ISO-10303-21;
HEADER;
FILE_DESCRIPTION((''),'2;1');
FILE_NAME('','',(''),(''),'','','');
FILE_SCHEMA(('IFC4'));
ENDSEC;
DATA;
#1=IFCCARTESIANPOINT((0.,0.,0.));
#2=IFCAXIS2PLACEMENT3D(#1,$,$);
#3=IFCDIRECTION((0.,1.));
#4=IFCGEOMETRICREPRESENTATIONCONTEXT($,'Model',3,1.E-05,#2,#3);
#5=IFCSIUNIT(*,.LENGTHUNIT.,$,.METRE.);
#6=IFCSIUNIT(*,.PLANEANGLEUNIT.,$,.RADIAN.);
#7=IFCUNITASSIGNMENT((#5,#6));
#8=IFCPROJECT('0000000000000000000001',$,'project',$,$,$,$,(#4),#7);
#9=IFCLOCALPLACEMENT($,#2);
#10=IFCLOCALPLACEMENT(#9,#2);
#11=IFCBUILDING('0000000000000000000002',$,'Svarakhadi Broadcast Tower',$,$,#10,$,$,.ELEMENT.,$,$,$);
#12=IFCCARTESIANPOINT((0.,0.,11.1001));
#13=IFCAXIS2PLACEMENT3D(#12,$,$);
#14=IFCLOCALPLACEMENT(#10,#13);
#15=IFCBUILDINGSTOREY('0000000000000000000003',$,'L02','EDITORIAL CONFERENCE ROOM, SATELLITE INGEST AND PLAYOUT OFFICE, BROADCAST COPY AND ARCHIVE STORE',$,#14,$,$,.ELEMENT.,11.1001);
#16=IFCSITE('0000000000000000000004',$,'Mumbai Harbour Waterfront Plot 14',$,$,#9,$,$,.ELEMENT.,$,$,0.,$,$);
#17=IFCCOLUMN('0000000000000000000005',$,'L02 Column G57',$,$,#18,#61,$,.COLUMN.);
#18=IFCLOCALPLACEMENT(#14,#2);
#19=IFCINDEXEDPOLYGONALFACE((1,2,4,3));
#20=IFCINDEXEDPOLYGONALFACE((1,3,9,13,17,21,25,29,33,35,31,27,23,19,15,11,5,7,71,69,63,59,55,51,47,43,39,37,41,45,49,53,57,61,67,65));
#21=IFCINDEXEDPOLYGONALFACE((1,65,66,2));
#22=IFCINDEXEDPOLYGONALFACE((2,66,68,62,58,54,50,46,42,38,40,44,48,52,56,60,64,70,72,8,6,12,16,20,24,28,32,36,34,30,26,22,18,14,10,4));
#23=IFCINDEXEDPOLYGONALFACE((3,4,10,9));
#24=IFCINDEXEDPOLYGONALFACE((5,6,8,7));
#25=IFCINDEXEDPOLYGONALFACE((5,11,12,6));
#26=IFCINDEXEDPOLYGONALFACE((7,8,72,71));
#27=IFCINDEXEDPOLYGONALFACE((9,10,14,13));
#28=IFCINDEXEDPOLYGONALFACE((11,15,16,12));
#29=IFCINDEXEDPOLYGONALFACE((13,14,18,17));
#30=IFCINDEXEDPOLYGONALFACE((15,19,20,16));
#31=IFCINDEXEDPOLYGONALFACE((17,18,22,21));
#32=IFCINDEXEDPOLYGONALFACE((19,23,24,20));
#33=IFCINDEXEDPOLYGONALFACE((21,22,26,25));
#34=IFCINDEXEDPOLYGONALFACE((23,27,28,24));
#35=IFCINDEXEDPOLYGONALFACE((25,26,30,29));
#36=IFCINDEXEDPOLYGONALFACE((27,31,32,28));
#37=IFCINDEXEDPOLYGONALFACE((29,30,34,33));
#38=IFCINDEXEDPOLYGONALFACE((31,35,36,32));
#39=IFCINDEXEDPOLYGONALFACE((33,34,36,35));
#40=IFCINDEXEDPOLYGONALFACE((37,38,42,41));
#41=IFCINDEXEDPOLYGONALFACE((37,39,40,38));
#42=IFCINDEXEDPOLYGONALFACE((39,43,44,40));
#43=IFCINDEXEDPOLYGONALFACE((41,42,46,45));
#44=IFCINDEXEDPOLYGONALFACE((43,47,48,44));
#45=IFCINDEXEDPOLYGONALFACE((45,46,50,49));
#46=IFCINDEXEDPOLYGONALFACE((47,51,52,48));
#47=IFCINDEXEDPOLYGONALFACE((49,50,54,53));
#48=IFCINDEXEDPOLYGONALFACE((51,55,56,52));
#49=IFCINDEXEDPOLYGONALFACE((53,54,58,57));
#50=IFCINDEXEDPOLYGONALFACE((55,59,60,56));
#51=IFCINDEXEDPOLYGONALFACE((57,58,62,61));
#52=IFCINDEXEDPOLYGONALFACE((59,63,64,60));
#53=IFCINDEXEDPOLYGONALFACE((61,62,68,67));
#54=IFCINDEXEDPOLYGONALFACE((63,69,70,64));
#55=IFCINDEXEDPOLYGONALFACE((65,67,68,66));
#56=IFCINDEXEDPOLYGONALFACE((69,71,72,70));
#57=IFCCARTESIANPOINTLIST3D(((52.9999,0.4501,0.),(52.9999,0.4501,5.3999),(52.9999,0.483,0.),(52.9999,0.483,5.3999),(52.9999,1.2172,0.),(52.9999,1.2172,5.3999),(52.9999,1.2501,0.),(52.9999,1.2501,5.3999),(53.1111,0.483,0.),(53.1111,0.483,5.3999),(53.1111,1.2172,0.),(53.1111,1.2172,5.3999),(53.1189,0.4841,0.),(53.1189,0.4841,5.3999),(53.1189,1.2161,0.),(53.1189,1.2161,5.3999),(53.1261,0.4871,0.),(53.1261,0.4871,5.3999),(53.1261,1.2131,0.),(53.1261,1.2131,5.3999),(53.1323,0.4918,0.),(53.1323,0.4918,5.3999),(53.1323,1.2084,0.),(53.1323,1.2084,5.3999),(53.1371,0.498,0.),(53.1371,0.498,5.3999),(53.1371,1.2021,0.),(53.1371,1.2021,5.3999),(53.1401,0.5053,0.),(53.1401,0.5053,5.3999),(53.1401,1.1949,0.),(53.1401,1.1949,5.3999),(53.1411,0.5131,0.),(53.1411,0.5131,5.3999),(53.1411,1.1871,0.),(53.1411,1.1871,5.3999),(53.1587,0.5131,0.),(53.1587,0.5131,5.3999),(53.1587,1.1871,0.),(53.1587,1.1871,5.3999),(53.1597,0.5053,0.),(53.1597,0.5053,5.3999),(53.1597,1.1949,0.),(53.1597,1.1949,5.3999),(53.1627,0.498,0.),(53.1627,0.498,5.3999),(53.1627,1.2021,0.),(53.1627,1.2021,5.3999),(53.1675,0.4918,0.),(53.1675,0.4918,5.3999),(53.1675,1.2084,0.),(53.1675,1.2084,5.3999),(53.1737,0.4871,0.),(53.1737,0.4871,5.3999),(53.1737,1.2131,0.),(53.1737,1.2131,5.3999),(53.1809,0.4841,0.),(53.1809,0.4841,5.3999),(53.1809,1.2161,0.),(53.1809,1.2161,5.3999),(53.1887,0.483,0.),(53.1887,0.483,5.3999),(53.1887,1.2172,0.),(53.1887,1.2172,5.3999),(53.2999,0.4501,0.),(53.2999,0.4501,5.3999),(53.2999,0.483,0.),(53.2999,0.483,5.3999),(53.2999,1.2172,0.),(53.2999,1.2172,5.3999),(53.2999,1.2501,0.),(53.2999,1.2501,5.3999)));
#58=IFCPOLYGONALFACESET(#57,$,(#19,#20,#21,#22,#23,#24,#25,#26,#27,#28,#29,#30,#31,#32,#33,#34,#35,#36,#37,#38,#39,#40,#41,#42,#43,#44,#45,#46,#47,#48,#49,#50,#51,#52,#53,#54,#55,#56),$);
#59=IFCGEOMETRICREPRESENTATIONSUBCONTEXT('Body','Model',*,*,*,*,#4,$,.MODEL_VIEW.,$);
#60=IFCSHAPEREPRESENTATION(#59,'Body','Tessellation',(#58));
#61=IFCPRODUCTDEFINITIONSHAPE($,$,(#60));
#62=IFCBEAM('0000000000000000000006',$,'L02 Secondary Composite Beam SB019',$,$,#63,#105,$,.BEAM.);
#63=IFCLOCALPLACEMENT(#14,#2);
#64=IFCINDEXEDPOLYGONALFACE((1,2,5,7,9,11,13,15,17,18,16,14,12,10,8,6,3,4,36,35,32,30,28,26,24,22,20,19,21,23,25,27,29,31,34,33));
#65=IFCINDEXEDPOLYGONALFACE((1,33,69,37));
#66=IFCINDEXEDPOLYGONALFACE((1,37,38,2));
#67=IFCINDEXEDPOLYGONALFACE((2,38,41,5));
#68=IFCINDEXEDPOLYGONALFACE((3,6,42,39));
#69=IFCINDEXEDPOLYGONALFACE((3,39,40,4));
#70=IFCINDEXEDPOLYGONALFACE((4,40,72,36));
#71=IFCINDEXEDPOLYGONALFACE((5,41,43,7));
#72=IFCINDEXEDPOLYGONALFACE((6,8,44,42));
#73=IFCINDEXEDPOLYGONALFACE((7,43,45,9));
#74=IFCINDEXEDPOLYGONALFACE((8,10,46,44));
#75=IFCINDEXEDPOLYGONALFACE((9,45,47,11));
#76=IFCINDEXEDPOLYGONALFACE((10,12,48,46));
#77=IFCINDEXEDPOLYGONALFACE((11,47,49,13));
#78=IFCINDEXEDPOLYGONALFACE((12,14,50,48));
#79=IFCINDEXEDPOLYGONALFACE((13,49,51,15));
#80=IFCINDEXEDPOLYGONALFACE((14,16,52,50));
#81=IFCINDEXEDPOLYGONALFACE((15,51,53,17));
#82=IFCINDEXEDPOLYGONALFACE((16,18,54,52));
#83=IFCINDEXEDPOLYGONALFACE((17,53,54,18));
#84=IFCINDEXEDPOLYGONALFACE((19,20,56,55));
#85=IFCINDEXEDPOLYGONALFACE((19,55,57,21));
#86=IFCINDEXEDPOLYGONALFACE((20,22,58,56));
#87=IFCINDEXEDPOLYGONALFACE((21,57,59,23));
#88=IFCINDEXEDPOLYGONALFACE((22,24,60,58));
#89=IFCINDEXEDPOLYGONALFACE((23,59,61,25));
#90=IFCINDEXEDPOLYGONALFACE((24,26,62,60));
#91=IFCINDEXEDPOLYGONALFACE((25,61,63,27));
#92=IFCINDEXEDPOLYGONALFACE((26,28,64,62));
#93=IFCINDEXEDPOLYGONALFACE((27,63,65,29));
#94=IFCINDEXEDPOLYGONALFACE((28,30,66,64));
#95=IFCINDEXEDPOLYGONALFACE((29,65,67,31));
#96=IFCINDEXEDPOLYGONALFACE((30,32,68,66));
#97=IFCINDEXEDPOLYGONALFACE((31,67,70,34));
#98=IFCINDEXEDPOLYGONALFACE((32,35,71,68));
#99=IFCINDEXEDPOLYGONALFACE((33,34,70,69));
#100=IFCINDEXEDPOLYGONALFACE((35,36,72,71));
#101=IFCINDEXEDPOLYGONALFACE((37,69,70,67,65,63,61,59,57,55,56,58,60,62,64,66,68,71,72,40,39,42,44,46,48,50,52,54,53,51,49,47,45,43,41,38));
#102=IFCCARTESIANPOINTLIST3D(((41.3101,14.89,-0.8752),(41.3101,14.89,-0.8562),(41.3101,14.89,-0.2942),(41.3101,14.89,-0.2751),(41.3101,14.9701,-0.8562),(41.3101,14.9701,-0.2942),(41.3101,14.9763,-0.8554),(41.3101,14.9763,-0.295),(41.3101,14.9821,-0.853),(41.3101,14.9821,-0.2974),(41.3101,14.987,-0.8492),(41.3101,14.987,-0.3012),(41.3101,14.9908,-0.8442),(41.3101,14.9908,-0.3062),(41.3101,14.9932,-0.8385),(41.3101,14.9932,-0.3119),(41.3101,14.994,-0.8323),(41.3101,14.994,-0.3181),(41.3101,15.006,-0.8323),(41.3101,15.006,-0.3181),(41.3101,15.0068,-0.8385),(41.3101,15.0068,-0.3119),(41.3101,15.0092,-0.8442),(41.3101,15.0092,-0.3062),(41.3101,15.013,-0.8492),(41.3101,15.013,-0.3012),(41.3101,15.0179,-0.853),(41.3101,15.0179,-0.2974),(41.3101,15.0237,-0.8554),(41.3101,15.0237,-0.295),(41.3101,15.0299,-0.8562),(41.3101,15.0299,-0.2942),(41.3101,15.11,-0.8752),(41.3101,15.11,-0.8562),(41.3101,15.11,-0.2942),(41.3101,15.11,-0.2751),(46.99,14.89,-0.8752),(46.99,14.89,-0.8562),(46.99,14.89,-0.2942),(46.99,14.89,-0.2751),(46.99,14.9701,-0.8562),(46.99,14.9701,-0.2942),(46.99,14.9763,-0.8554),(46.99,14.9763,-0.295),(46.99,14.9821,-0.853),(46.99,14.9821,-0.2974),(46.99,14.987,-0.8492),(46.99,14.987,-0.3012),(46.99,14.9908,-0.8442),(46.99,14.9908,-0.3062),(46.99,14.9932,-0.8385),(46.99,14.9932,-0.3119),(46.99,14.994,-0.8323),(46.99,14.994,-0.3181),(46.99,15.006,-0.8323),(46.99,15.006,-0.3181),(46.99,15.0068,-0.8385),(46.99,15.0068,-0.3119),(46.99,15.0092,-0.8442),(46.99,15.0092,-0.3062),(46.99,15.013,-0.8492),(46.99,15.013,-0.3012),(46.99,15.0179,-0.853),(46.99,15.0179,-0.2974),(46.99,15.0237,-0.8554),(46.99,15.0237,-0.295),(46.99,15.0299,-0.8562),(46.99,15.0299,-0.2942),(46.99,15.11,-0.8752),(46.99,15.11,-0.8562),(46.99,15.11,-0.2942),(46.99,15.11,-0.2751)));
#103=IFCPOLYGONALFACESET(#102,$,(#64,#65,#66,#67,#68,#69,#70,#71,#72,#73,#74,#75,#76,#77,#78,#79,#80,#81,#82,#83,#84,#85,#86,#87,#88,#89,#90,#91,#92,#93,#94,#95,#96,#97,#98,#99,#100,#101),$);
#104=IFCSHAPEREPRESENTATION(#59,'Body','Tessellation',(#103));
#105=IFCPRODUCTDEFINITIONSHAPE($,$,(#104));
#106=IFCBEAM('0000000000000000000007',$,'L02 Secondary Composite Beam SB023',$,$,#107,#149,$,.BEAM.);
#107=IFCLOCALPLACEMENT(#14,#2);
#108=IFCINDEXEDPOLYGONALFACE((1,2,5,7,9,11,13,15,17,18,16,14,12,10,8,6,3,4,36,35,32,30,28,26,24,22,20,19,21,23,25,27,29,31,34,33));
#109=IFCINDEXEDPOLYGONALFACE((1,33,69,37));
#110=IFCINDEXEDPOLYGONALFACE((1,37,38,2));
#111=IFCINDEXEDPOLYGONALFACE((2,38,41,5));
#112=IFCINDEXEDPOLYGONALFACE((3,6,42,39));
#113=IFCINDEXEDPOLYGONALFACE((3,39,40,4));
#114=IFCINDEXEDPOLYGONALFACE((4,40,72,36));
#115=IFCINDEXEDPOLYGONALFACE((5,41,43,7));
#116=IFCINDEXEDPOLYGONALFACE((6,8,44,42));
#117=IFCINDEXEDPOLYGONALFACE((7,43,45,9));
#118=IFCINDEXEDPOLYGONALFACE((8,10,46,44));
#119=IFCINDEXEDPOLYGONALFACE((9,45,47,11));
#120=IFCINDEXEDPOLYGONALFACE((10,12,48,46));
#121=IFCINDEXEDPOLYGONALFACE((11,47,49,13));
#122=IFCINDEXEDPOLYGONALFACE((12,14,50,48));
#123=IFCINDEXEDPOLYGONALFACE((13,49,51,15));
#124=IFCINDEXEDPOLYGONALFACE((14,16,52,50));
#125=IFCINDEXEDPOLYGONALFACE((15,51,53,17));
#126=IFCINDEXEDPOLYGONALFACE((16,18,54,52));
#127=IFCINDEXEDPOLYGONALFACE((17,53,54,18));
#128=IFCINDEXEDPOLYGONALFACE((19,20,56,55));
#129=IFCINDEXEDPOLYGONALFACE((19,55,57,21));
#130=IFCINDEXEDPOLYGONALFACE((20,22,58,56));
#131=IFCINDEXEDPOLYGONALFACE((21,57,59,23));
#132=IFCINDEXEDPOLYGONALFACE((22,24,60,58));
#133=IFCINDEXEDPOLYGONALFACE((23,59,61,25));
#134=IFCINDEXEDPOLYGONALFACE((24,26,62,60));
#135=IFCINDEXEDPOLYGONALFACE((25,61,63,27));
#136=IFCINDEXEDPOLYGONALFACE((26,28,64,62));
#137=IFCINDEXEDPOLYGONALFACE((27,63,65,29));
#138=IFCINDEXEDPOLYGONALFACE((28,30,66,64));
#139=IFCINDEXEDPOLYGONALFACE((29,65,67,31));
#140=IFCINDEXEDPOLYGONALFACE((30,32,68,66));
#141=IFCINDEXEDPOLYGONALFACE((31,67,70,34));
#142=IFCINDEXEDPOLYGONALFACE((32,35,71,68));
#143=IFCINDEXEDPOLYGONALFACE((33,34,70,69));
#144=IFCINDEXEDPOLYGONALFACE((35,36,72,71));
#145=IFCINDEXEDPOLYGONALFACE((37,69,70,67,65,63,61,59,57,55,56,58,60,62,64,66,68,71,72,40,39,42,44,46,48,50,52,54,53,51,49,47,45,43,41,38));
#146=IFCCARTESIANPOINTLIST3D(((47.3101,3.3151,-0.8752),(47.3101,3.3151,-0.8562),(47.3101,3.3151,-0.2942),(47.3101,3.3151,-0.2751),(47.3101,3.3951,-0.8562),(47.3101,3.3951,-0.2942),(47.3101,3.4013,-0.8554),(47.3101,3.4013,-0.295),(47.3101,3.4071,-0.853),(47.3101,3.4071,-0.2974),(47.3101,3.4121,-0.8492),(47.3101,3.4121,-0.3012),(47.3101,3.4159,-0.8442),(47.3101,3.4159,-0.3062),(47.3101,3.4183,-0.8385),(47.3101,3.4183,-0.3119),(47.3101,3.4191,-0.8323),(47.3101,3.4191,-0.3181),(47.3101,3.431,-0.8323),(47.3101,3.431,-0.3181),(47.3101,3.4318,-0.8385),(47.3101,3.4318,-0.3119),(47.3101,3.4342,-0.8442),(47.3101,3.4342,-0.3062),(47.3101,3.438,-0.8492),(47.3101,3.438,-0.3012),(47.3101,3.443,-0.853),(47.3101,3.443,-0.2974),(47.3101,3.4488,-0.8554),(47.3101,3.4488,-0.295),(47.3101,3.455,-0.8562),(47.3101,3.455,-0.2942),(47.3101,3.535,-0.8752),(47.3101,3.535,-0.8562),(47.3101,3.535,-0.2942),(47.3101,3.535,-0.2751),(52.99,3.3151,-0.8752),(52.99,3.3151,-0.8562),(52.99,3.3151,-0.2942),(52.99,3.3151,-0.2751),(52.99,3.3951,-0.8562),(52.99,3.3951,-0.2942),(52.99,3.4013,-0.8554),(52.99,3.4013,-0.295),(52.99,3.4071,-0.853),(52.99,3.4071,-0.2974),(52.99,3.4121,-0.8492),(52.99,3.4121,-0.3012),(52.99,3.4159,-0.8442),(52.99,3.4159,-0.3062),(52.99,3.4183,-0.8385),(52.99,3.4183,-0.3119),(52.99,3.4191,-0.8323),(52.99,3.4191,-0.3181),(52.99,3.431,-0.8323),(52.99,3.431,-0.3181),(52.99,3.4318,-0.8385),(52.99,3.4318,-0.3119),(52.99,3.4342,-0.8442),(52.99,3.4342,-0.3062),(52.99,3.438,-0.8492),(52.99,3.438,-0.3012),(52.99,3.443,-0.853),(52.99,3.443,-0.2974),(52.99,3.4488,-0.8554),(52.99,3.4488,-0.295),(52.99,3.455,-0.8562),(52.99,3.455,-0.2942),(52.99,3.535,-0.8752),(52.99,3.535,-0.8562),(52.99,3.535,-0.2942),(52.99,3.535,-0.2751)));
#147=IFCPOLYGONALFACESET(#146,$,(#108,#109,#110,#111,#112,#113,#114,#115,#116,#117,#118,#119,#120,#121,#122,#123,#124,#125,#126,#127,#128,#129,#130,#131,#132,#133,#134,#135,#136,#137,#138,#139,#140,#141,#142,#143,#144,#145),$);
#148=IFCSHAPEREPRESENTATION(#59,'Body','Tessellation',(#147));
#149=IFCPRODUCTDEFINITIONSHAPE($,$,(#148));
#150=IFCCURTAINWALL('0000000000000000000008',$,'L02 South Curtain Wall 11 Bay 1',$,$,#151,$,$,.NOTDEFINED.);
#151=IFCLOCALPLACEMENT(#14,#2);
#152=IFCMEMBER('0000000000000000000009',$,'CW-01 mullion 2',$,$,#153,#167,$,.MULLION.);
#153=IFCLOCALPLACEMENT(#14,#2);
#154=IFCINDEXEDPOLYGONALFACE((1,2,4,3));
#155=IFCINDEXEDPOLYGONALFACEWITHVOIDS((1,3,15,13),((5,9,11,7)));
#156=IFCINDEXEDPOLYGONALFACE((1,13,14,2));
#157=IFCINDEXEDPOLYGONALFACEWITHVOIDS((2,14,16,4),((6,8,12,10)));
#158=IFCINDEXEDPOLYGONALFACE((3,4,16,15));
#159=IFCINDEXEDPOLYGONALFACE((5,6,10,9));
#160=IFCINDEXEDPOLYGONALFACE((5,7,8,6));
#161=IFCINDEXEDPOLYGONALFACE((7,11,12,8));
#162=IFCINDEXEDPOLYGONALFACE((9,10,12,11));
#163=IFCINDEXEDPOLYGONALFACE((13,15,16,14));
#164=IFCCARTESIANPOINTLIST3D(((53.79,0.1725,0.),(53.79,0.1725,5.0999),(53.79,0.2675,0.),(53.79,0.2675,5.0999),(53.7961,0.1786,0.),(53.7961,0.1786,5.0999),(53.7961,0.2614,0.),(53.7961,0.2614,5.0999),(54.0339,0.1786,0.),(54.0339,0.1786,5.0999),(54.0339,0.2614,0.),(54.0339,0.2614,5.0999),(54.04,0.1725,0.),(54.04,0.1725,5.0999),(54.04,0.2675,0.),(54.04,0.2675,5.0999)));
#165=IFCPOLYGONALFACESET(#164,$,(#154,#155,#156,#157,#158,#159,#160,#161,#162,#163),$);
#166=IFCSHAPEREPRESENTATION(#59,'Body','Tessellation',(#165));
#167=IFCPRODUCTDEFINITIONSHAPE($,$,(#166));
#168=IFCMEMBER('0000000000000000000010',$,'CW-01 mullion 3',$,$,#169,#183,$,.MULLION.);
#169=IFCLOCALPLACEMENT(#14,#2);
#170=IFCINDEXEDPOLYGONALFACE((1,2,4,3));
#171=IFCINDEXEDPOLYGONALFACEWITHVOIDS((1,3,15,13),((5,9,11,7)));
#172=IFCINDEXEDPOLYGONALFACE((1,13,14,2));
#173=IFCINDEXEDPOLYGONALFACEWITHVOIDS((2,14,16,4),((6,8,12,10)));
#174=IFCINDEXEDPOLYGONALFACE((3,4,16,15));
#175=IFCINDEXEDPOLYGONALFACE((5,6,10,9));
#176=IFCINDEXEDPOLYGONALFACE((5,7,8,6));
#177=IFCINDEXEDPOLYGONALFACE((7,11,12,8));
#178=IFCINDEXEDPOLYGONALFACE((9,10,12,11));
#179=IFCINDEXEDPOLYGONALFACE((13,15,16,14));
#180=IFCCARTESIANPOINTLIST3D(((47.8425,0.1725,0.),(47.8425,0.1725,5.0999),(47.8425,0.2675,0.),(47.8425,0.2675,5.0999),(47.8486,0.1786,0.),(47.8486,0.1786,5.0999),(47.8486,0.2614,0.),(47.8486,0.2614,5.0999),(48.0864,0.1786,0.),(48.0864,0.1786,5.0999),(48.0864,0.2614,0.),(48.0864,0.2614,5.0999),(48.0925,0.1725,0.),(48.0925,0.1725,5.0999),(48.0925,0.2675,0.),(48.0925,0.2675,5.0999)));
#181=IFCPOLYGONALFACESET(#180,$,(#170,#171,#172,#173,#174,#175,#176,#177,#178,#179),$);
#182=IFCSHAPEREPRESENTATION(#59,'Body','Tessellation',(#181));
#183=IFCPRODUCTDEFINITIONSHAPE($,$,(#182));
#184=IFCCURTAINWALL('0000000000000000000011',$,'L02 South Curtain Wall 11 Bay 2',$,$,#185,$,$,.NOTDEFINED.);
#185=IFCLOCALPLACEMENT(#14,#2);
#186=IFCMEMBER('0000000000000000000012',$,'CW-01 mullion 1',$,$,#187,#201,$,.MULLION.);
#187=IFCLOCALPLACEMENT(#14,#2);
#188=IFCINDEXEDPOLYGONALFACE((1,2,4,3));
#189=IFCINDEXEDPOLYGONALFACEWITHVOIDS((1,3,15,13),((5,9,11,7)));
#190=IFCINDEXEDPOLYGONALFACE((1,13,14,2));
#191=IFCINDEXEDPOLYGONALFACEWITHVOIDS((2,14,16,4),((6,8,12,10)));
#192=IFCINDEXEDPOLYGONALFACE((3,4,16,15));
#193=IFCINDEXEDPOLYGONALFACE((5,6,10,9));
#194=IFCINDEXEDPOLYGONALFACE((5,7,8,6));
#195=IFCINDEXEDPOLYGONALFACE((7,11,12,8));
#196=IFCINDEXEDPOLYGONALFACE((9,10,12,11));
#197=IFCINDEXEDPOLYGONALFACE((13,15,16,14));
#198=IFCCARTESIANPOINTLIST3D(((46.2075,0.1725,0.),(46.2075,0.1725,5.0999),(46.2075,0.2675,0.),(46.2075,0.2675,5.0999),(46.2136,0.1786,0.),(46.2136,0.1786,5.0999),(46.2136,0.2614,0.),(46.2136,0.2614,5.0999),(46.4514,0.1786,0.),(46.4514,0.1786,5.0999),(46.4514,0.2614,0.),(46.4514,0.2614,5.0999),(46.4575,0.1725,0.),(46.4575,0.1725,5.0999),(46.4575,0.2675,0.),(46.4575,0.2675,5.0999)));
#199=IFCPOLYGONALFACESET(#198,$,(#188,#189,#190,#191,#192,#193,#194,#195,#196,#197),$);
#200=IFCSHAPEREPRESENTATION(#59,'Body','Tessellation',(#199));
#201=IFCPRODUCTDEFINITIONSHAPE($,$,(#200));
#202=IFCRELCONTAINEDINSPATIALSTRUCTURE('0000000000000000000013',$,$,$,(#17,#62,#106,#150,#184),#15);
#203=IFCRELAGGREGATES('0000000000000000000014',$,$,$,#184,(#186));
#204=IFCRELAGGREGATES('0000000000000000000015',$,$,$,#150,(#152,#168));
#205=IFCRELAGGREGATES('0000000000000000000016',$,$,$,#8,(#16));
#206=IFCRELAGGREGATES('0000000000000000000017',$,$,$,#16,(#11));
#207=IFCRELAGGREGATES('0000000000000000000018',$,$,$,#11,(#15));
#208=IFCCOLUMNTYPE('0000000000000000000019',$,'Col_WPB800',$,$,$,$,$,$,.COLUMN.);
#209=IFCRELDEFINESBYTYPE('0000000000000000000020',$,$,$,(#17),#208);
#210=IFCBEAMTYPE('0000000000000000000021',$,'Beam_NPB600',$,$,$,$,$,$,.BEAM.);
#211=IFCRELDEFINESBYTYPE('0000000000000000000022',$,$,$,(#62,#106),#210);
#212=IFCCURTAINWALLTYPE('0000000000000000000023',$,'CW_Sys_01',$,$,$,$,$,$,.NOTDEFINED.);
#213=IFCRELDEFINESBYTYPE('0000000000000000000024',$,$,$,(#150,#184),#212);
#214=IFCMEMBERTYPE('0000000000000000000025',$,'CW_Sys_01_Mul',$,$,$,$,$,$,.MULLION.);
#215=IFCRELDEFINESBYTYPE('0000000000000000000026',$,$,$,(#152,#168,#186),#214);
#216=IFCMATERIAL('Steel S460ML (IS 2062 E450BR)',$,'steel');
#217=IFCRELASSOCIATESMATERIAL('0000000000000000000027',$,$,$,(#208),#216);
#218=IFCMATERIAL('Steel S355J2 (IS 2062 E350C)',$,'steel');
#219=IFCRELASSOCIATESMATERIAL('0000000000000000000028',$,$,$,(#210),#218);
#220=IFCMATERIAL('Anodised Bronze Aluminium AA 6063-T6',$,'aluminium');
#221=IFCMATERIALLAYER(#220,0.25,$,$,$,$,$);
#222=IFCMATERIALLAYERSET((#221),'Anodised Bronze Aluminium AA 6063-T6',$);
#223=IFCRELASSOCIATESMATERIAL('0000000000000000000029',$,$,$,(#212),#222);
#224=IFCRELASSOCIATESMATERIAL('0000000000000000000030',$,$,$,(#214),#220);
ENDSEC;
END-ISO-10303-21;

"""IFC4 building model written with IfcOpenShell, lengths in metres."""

from ifc_helpers import new_model, si_unit, direction, frame, origin, origin_2d, place, context, subcontext, project, spatial, hollow_rectangle, i_section, extrude, material, layer, layer_set, material_profile, profile_set, type_object, element, aggregate, save


model = new_model("IFC4")

# Units and contexts
model_context = context("Model", 3, precision=1e-05, world=origin(), true_north=direction((0.0, 1.0)))
body_context = subcontext(model_context, "Body", "Model", "MODEL_VIEW")
ifc_project = project(units=[si_unit("LENGTHUNIT", "METRE"), si_unit("PLANEANGLEUNIT", "RADIAN")], contexts=[model_context])

# Site, building, storey
site_placement = place(None, origin())
site = spatial("IfcSite", under=ifc_project, at=site_placement, Name="Mumbai Harbour Waterfront Plot 14", CompositionType="ELEMENT", RefElevation=0.0)
building_placement = place(site_placement, origin())
building = spatial("IfcBuilding", under=site, at=building_placement, Name="Svarakhadi Broadcast Tower", CompositionType="ELEMENT")
storey_placement = place(building_placement, frame((0.0, 0.0, 11.1001)))
storey = spatial("IfcBuildingStorey", under=building, at=storey_placement, Name="L02", Description="EDITORIAL CONFERENCE ROOM, SATELLITE INGEST AND PLAYOUT OFFICE, BROADCAST COPY AND ARCHIVE STORE", CompositionType="ELEMENT", Elevation=11.1001)

# Column
ifc_material_1 = material(Name="Steel S460ML (IS 2062 E450BR)", Category="steel")
ifc_material_profile_1 = material_profile(ifc_material_1, i_section(OverallWidth=0.3, OverallDepth=0.8, WebThickness=0.0176, FlangeThickness=0.033, FilletRadius=0.03, at=origin_2d()), Name="WPB 800x300x262")
ifc_profile_set_1 = profile_set([ifc_material_profile_1], Name="Steel S460ML (IS 2062 E450BR)")
column_type_1 = type_object("IfcColumnType", Name="Col_WPB800", PredefinedType="COLUMN", material=ifc_profile_set_1)
column_1_placement = place(storey_placement, frame((53.1499, 0.8501, 0.0), z_axis=(0.0, 0.0, 1.0), x_axis=(1.0, 0.0, 0.0)))
element("IfcColumn", 1, at=column_1_placement, inside=storey, type_object=column_type_1, Name="L02 Column G57", PredefinedType="COLUMN", context=body_context, shape_type="SweptSolid", body=[
    extrude(i_section(OverallWidth=0.3, OverallDepth=0.8, WebThickness=0.0176, FlangeThickness=0.033, FilletRadius=0.03, at=origin_2d()), origin(), (0.0, 0.0, 1.0), 5.3999),
])

# Beams
ifc_material_2 = material(Name="Steel S355J2 (IS 2062 E350C)", Category="steel")
ifc_material_profile_2 = material_profile(ifc_material_2, i_section(OverallWidth=0.22, OverallDepth=0.6001, WebThickness=0.012, FlangeThickness=0.019, FilletRadius=0.0239, at=origin_2d()), Name="NPB 600x220x122")
ifc_profile_set_2 = profile_set([ifc_material_profile_2], Name="Steel S355J2 (IS 2062 E350C)")
beam_type_1 = type_object("IfcBeamType", Name="Beam_NPB600", PredefinedType="BEAM", material=ifc_profile_set_2)
for number, where, z_axis, x_axis, name in (
    (2, (41.3101, 15.0, -0.5752), (1.0, 0.0, 0.0), (0.0, 1.0, 0.0), "L02 Secondary Composite Beam SB019"),
    (3, (47.3101, 3.425, -0.5752), (1.0, 0.0, 0.0), (0.0, 1.0, 0.0), "L02 Secondary Composite Beam SB023"),
):
    element("IfcBeam", number, at=place(storey_placement, frame(where, z_axis=z_axis, x_axis=x_axis)), inside=storey, type_object=beam_type_1, Name=name, PredefinedType="BEAM", context=body_context, shape_type="SweptSolid", body=[
        extrude(i_section(OverallWidth=0.22, OverallDepth=0.6001, WebThickness=0.012, FlangeThickness=0.019, FilletRadius=0.0239, at=origin_2d()), origin(), (0.0, 0.0, 1.0), 5.6799),
    ])

# Curtain wall, members
ifc_material_3 = material(Name="Anodised Bronze Aluminium AA 6063-T6", Category="aluminium")
ifc_layer_1 = layer(ifc_material_3, 0.25)
ifc_layer_set_1 = layer_set([ifc_layer_1], Name="Anodised Bronze Aluminium AA 6063-T6")
curtain_wall_type = type_object("IfcCurtainWallType", Name="CW_Sys_01", PredefinedType="NOTDEFINED", material=ifc_layer_set_1)
curtain_wall_1_placement = place(storey_placement, origin())
curtain_wall_1 = element("IfcCurtainWall", 4, at=curtain_wall_1_placement, inside=storey, type_object=curtain_wall_type, Name="L02 South Curtain Wall 11 Bay 1", PredefinedType="NOTDEFINED")
ifc_material_profile_3 = material_profile(ifc_material_3, hollow_rectangle(XDim=0.095, YDim=0.25, WallThickness=0.0061, at=origin_2d()), Name="ALU MULLION 250x95x6")
ifc_profile_set_3 = profile_set([ifc_material_profile_3], Name="Anodised Bronze Aluminium AA 6063-T6")
member_type_1 = type_object("IfcMemberType", Name="CW_Sys_01_Mul", PredefinedType="MULLION", material=ifc_profile_set_3)
member_1_placement = place(storey_placement, frame((53.915, 0.22, 0.0), z_axis=(0.0, 0.0, 1.0), x_axis=(0.0, -1.0, 0.0)))
member_1 = element("IfcMember", 5, at=member_1_placement, type_object=member_type_1, Name="CW-01 mullion 2", PredefinedType="MULLION", context=body_context, shape_type="SweptSolid", body=[
    extrude(hollow_rectangle(XDim=0.095, YDim=0.25, WallThickness=0.0061, at=origin_2d()), origin(), (0.0, 0.0, 1.0), 5.0999),
])
member_2_placement = place(storey_placement, frame((47.9675, 0.22, 0.0), z_axis=(0.0, 0.0, 1.0), x_axis=(0.0, -1.0, 0.0)))
member_2 = element("IfcMember", 6, at=member_2_placement, type_object=member_type_1, Name="CW-01 mullion 3", PredefinedType="MULLION", context=body_context, shape_type="SweptSolid", body=[
    extrude(hollow_rectangle(XDim=0.095, YDim=0.25, WallThickness=0.0061, at=origin_2d()), origin(), (0.0, 0.0, 1.0), 5.0999),
])

# Curtain wall, member
curtain_wall_2_placement = place(storey_placement, origin())
curtain_wall_2 = element("IfcCurtainWall", 7, at=curtain_wall_2_placement, inside=storey, type_object=curtain_wall_type, Name="L02 South Curtain Wall 11 Bay 2", PredefinedType="NOTDEFINED")
member_3_placement = place(storey_placement, frame((46.3325, 0.22, 0.0), z_axis=(0.0, 0.0, 1.0), x_axis=(0.0, -1.0, 0.0)))
member_3 = element("IfcMember", 8, at=member_3_placement, type_object=member_type_1, Name="CW-01 mullion 1", PredefinedType="MULLION", context=body_context, shape_type="SweptSolid", body=[
    extrude(hollow_rectangle(XDim=0.095, YDim=0.25, WallThickness=0.0061, at=origin_2d()), origin(), (0.0, 0.0, 1.0), 5.0999),
])

aggregate(curtain_wall_2, [member_3])

aggregate(curtain_wall_1, [member_1, member_2])

save(model, "model.ifc")
